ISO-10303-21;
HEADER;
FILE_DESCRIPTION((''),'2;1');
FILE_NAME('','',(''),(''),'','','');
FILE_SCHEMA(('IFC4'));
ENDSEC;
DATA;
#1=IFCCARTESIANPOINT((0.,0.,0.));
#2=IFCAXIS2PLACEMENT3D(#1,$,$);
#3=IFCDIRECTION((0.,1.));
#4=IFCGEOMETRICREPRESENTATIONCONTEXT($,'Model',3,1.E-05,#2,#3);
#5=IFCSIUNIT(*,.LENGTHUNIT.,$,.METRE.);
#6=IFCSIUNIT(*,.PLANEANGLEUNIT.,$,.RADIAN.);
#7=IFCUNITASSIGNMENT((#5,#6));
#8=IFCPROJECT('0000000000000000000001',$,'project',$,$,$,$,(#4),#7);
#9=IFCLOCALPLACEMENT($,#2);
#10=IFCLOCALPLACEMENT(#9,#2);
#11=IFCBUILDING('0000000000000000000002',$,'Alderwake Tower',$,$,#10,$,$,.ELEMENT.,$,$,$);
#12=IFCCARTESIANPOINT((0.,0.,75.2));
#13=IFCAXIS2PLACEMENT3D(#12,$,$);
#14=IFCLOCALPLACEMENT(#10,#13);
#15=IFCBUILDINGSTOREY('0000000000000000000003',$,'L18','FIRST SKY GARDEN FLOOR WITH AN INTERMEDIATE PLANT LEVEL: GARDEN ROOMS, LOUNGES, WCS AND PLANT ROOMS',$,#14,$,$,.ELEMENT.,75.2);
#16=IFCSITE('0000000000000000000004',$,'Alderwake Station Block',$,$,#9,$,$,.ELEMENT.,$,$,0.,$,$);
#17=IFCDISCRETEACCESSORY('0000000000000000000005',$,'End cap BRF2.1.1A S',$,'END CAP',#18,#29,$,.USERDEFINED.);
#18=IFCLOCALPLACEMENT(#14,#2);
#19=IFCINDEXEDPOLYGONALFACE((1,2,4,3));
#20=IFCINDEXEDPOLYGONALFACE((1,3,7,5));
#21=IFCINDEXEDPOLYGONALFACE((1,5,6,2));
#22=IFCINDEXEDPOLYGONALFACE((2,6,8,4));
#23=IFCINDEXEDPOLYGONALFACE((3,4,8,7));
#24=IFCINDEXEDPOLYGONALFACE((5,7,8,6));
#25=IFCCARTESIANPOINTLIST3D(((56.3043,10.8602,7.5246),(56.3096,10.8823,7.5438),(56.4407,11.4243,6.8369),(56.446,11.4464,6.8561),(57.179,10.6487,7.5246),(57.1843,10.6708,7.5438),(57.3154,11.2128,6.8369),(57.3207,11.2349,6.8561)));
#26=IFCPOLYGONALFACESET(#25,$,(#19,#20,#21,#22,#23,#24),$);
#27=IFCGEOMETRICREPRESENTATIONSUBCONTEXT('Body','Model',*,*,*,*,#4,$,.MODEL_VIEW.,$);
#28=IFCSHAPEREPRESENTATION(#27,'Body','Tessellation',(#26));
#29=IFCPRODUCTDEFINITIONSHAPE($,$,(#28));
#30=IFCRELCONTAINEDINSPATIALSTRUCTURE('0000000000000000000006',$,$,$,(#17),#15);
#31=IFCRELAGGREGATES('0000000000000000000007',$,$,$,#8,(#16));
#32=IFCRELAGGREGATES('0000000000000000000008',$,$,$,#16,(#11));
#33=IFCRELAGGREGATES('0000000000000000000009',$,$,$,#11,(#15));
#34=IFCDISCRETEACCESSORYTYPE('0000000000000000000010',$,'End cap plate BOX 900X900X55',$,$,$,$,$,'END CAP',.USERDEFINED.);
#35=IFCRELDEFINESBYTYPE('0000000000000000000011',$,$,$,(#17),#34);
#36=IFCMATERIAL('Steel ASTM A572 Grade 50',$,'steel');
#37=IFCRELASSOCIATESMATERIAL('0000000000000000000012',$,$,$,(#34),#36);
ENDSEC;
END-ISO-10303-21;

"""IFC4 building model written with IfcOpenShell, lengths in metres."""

from ifc_helpers import new_model, si_unit, direction, frame, origin, origin_2d, place, context, subcontext, project, spatial, rectangle, extrude, material, material_profile, profile_set, type_object, element, save


model = new_model("IFC4")

# Units and contexts
model_context = context("Model", 3, precision=1e-05, world=origin(), true_north=direction((0.0, 1.0)))
body_context = subcontext(model_context, "Body", "Model", "MODEL_VIEW")
ifc_project = project(units=[si_unit("LENGTHUNIT", "METRE"), si_unit("PLANEANGLEUNIT", "RADIAN")], contexts=[model_context])

# Site, building, storey
site_placement = place(None, origin())
site = spatial("IfcSite", under=ifc_project, at=site_placement, Name="Alderwake Station Block", CompositionType="ELEMENT", RefElevation=0.0)
building_placement = place(site_placement, origin())
building = spatial("IfcBuilding", under=site, at=building_placement, Name="Alderwake Tower", CompositionType="ELEMENT")
storey_placement = place(building_placement, frame((0.0, 0.0, 75.2)))
storey = spatial("IfcBuildingStorey", under=building, at=storey_placement, Name="L18", Description="FIRST SKY GARDEN FLOOR WITH AN INTERMEDIATE PLANT LEVEL: GARDEN ROOMS, LOUNGES, WCS AND PLANT ROOMS", CompositionType="ELEMENT", Elevation=75.2)

# Discrete accessory
ifc_material_1 = material(Name="Steel ASTM A572 Grade 50", Category="steel")
ifc_material_profile_1 = material_profile(ifc_material_1, rectangle(XDim=0.8999, YDim=0.8999, at=origin_2d()), Name="BOX 900X900X55 cap")
ifc_profile_set_1 = profile_set([ifc_material_profile_1], Name="Steel ASTM A572 Grade 50")
discrete_accessory_type_1 = type_object("IfcDiscreteAccessoryType", Name="End cap plate BOX 900X900X55", ElementType="END CAP", PredefinedType="USERDEFINED", material=ifc_profile_set_1)
discrete_accessory_1_placement = place(storey_placement, frame((56.8152, 11.0586, 7.2), z_axis=(-0.179593, -0.742863, -0.644903), x_axis=(0.971998, -0.234989, 0.0)))
element("IfcDiscreteAccessory", 1, at=discrete_accessory_1_placement, inside=storey, type_object=discrete_accessory_type_1, Name="End cap BRF2.1.1A S", ObjectType="END CAP", PredefinedType="USERDEFINED", context=body_context, shape_type="SweptSolid", body=[
    extrude(rectangle(XDim=0.8999, YDim=0.8999, at=origin_2d()), origin(), (0.0, 0.0, 1.0), 0.0298),
])

save(model, "model.ifc")
